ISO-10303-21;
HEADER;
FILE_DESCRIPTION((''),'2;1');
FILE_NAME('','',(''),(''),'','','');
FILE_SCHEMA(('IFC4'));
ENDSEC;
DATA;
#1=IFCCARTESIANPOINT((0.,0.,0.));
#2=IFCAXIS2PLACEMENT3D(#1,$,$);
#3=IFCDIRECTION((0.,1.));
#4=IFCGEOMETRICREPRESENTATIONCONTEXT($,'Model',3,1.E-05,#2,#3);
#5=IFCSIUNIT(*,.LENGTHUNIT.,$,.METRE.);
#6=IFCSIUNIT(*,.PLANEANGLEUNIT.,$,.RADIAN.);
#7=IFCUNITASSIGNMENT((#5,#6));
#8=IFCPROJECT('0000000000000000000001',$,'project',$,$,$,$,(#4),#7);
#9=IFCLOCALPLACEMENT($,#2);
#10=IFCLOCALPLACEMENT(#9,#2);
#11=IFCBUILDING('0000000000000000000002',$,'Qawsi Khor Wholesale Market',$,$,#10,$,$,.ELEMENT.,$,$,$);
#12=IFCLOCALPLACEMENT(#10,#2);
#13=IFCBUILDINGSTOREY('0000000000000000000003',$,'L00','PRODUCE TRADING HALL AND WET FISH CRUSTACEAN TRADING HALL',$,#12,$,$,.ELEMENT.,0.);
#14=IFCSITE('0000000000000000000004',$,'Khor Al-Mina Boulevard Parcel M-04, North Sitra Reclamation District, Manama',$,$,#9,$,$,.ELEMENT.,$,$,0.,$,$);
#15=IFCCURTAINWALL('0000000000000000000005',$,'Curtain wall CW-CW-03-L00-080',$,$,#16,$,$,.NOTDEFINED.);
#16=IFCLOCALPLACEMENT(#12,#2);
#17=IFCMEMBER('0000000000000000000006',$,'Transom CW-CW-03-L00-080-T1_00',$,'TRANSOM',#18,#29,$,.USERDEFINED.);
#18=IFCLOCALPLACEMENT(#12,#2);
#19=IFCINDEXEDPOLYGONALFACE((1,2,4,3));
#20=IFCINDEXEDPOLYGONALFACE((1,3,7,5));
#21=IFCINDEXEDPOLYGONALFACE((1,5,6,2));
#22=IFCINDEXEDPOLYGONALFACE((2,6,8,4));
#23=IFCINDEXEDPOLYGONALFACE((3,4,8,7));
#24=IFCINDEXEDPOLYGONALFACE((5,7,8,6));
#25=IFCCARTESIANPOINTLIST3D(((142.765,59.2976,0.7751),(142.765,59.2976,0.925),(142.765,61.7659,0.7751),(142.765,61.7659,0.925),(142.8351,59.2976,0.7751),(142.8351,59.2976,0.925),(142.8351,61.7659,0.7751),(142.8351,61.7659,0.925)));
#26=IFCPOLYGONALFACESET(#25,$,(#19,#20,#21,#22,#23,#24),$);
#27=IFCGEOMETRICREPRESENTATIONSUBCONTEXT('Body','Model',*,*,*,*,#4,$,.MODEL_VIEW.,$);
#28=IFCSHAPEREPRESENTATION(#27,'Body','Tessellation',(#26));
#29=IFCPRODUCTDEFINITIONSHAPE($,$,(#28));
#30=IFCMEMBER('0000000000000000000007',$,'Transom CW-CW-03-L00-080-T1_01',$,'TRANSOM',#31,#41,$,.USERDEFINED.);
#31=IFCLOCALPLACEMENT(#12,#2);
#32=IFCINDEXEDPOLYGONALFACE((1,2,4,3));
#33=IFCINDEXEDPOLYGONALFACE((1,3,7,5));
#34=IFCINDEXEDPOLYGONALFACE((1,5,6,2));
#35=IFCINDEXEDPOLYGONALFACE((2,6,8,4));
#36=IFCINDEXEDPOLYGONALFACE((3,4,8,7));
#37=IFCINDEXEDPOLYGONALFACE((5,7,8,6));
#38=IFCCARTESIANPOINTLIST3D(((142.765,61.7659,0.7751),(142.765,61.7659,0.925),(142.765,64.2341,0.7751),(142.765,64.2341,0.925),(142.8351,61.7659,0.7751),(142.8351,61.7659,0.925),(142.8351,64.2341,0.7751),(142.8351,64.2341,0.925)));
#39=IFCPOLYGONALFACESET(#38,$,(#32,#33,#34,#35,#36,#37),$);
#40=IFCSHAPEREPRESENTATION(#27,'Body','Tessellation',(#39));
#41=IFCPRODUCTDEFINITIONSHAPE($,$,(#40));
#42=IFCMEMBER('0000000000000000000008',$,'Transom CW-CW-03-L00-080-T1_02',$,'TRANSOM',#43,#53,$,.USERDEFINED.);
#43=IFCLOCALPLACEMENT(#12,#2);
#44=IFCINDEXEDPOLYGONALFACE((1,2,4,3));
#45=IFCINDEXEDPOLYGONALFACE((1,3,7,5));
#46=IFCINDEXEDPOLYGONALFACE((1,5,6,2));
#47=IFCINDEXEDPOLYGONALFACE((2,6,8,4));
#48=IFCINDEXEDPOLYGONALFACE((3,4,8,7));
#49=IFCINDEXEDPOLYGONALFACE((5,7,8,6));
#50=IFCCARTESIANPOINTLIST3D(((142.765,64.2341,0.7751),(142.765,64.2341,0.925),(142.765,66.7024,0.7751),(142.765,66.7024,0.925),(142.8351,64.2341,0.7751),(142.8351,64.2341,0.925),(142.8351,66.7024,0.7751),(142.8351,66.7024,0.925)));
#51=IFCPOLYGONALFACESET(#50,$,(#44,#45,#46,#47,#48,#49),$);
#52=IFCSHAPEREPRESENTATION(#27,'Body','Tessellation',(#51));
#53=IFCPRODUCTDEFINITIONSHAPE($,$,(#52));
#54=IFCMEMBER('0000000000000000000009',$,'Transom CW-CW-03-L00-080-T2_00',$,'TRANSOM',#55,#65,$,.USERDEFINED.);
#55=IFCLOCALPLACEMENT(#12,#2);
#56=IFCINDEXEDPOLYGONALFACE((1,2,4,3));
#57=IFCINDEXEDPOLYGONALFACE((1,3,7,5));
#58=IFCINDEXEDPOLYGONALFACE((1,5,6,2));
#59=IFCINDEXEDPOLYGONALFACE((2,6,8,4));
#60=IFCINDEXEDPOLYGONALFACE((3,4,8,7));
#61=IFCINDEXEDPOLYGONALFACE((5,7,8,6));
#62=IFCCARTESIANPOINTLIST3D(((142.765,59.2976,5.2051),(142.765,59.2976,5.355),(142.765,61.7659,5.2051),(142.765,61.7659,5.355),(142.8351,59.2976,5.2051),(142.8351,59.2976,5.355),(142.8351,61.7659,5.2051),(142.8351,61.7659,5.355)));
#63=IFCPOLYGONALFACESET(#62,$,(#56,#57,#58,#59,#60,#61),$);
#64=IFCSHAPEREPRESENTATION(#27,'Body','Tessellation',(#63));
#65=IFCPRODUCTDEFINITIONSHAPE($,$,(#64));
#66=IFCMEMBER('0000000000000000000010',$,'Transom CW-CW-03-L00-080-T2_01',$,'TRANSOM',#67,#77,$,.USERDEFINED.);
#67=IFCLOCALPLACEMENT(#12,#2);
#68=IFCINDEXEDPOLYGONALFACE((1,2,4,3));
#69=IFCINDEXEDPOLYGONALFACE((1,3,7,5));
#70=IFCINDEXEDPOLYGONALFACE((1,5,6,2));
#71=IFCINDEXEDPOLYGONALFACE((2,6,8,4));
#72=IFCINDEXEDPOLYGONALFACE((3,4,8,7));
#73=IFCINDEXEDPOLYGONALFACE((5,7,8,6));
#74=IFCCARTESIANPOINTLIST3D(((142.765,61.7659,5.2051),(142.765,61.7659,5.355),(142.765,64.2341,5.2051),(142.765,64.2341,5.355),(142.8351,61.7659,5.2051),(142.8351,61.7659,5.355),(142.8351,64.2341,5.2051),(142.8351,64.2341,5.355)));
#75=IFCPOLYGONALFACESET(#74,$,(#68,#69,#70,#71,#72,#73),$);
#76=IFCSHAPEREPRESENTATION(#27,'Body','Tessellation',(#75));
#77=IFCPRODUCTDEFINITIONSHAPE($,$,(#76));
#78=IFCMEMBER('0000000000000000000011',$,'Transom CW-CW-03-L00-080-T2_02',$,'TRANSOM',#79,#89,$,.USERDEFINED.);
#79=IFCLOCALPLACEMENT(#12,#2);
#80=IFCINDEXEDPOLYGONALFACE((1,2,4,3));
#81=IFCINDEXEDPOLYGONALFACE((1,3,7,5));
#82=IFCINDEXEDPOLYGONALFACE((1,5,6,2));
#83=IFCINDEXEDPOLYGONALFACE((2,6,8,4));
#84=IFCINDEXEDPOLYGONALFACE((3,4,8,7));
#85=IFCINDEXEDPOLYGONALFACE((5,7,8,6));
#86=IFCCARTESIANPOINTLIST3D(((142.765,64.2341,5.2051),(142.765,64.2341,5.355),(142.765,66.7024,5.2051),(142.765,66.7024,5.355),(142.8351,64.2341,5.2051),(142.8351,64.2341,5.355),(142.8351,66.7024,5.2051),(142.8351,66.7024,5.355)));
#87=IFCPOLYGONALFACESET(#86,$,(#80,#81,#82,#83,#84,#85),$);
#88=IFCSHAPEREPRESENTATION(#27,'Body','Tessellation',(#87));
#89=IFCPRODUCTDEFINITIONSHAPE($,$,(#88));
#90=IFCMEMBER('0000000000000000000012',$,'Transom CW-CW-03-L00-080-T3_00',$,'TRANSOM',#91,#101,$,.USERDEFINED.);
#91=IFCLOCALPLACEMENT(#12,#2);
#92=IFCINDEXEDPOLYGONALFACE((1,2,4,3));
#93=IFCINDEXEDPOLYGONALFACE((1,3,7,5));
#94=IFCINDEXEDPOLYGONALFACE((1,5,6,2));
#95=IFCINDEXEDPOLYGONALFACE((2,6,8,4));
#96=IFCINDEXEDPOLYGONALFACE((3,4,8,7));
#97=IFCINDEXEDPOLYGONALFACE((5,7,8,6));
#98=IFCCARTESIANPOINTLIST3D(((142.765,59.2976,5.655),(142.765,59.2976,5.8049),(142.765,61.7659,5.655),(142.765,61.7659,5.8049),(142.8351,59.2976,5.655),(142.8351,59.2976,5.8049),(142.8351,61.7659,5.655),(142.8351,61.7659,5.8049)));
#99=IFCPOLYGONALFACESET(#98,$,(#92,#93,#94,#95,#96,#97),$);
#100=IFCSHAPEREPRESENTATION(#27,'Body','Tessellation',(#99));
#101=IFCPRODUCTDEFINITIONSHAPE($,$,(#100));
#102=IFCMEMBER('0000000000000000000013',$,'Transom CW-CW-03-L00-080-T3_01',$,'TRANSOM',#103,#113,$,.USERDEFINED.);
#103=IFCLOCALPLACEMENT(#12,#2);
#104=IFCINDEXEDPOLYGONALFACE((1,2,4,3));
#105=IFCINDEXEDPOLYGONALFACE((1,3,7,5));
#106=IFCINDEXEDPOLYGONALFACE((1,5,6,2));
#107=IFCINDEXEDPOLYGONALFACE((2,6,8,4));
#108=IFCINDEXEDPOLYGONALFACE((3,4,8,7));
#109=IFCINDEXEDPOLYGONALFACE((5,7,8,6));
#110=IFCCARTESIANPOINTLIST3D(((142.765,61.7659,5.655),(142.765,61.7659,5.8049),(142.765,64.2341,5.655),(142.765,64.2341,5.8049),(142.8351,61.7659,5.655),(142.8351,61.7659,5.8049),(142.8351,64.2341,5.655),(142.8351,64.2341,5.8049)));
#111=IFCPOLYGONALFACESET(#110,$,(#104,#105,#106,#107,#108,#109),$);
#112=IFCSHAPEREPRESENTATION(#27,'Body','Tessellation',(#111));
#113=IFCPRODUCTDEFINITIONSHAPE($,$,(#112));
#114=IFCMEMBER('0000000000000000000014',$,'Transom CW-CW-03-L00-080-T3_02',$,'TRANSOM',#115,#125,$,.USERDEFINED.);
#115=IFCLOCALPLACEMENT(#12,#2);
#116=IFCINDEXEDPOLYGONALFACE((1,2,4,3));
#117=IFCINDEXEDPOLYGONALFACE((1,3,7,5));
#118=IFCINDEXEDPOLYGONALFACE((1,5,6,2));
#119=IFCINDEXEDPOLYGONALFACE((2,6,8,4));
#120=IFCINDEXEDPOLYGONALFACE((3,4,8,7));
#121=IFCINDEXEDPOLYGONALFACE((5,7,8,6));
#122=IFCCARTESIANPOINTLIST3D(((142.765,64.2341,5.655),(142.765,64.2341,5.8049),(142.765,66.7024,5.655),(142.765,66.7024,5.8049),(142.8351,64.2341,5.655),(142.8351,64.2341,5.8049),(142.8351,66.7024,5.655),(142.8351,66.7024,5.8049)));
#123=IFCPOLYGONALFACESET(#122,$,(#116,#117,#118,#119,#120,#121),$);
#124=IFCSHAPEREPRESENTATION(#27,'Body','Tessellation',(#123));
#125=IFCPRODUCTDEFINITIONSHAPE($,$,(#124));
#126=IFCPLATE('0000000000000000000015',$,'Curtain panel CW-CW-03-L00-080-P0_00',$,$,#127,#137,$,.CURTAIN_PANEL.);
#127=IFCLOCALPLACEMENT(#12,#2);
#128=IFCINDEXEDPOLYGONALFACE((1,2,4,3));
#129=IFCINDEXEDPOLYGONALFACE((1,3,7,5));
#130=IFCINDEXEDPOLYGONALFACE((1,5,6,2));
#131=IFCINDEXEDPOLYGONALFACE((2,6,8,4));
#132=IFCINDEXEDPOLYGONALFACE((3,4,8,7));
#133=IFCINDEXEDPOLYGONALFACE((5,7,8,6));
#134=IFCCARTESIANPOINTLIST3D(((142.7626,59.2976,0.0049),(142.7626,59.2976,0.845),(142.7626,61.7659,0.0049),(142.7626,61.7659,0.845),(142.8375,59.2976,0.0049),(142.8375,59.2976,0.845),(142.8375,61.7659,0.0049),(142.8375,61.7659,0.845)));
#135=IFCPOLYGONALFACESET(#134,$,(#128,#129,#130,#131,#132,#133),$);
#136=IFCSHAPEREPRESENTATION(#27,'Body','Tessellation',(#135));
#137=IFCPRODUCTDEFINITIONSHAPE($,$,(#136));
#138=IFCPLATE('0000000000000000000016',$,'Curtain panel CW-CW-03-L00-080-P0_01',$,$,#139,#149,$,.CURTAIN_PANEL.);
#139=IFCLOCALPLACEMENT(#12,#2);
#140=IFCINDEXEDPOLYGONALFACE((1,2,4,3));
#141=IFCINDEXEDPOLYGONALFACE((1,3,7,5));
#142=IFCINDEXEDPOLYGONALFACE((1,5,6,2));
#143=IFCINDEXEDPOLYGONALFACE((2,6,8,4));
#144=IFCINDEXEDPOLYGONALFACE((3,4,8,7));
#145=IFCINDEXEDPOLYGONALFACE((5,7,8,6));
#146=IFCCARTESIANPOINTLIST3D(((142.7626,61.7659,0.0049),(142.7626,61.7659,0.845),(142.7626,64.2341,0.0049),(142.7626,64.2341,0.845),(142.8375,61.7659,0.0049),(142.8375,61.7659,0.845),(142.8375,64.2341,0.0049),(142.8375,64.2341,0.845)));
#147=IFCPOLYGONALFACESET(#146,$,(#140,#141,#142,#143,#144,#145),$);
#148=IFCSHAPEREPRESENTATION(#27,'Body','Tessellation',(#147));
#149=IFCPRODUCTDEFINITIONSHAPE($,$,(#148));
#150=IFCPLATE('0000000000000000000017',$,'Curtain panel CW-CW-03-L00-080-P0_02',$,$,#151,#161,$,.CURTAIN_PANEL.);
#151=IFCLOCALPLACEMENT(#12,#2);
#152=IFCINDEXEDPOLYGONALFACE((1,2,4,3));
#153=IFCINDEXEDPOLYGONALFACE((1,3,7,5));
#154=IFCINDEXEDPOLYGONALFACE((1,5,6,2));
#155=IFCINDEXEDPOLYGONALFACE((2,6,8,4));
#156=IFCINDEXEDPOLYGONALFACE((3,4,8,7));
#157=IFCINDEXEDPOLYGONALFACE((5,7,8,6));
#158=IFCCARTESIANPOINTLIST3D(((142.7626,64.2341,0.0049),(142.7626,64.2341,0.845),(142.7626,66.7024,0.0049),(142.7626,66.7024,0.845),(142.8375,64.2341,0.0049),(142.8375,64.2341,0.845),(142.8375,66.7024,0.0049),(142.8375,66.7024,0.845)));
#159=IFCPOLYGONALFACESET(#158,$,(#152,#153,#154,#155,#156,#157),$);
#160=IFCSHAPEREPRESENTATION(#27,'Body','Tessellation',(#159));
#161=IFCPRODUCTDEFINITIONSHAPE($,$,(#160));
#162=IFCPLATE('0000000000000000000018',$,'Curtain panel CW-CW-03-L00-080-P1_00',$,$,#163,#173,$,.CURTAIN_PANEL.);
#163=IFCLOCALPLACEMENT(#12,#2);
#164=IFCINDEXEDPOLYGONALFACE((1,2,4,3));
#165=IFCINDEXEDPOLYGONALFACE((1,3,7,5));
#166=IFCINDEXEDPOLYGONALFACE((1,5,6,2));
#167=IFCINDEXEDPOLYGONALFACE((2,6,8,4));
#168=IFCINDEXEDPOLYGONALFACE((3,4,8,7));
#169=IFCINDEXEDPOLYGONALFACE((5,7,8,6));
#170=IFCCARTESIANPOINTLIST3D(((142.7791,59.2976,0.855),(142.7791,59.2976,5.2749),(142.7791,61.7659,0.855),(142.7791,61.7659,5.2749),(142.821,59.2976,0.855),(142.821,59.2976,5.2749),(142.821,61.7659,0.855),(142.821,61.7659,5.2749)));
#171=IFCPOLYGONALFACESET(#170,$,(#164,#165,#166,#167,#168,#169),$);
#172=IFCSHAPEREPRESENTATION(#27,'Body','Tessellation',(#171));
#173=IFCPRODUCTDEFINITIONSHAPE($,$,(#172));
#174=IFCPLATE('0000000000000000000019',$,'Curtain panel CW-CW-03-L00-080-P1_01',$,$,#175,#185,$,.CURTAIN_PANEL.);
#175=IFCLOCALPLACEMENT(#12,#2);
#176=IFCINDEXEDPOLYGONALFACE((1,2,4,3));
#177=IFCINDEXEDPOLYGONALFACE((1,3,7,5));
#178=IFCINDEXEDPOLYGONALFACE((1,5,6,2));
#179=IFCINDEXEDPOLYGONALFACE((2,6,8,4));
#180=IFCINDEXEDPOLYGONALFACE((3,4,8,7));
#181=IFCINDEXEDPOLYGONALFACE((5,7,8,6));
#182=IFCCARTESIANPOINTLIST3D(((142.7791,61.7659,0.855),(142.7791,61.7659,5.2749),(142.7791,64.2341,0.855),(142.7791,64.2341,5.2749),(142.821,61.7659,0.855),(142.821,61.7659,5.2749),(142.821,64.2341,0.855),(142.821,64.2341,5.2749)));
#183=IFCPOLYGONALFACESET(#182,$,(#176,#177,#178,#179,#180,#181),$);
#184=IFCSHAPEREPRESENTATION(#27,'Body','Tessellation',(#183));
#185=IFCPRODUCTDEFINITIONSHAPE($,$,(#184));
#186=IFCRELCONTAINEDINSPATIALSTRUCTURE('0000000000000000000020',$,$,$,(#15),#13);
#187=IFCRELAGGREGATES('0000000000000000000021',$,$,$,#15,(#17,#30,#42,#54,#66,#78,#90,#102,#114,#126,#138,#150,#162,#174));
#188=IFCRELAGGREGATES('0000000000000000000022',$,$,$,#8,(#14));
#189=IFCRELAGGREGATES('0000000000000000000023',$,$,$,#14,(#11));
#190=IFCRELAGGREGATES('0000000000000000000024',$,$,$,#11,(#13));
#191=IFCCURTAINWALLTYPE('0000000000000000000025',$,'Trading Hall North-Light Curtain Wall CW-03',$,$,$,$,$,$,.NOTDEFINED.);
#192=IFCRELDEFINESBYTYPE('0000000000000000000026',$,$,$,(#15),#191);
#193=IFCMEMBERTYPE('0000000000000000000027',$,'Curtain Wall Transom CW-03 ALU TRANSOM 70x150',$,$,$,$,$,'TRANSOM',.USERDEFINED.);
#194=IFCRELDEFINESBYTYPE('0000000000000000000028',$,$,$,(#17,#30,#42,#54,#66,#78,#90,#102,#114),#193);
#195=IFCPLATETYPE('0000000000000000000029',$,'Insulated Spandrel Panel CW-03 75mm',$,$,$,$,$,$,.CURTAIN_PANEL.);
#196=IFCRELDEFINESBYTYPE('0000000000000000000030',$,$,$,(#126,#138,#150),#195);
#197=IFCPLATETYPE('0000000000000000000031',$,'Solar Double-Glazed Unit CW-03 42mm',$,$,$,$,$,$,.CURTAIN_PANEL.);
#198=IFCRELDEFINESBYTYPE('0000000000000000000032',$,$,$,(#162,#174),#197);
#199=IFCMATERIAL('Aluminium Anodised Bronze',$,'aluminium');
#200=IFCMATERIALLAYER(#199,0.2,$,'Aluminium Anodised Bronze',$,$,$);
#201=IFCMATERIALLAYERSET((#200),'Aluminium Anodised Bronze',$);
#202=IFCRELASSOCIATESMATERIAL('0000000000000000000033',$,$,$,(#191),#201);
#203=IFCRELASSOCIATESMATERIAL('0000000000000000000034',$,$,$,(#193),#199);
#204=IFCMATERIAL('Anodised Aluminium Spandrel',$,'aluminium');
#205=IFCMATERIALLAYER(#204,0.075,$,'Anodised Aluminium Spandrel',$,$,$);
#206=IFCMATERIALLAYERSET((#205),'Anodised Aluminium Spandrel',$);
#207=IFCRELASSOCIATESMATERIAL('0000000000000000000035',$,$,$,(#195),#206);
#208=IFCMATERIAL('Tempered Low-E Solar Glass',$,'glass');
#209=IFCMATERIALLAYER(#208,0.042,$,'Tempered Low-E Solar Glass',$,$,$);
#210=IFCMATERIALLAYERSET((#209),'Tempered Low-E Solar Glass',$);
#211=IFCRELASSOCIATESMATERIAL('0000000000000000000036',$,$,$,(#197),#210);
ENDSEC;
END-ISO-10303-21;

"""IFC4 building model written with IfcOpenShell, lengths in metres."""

from ifc_helpers import new_model, si_unit, direction, frame, frame_2d, origin, origin_2d, place, context, subcontext, project, spatial, rectangle, extrude, material, layer, layer_set, material_profile, profile_set, type_object, element, aggregate, save


model = new_model("IFC4")

# Units and contexts
model_context = context("Model", 3, precision=1e-05, world=origin(), true_north=direction((0.0, 1.0)))
body_context = subcontext(model_context, "Body", "Model", "MODEL_VIEW")
ifc_project = project(units=[si_unit("LENGTHUNIT", "METRE"), si_unit("PLANEANGLEUNIT", "RADIAN")], contexts=[model_context])

# Site, building, storey
site_placement = place(None, origin())
site = spatial("IfcSite", under=ifc_project, at=site_placement, Name="Khor Al-Mina Boulevard Parcel M-04, North Sitra Reclamation District, Manama", CompositionType="ELEMENT", RefElevation=0.0)
building_placement = place(site_placement, origin())
building = spatial("IfcBuilding", under=site, at=building_placement, Name="Qawsi Khor Wholesale Market", CompositionType="ELEMENT")
storey_placement = place(building_placement, origin())
storey = spatial("IfcBuildingStorey", under=building, at=storey_placement, Name="L00", Description="PRODUCE TRADING HALL AND WET FISH CRUSTACEAN TRADING HALL", CompositionType="ELEMENT", Elevation=0.0)

# Curtain wall, members, plates
ifc_material_1 = material(Name="Aluminium Anodised Bronze", Category="aluminium")
ifc_layer_1 = layer(ifc_material_1, 0.2, Name="Aluminium Anodised Bronze")
ifc_layer_set_1 = layer_set([ifc_layer_1], Name="Aluminium Anodised Bronze")
curtain_wall_type = type_object("IfcCurtainWallType", Name="Trading Hall North-Light Curtain Wall CW-03", PredefinedType="NOTDEFINED", material=ifc_layer_set_1)
curtain_wall_placement = place(storey_placement, origin())
curtain_wall = element("IfcCurtainWall", 1, at=curtain_wall_placement, inside=storey, type_object=curtain_wall_type, Name="Curtain wall CW-CW-03-L00-080", PredefinedType="NOTDEFINED")
ifc_material_profile_1 = material_profile(ifc_material_1, rectangle(XDim=0.0701, YDim=0.1499, at=origin_2d()), Name="ALU TRANSOM 70x150")
ifc_profile_set_1 = profile_set([ifc_material_profile_1], Name="Aluminium Anodised Bronze")
member_type_1 = type_object("IfcMemberType", Name="Curtain Wall Transom CW-03 ALU TRANSOM 70x150", ElementType="TRANSOM", PredefinedType="USERDEFINED", material=ifc_profile_set_1)
member_1_placement = place(storey_placement, frame((142.8, 59.2976, 0.8501), z_axis=(0.0, 1.0, 0.0), x_axis=(-1.0, 0.0, 0.0)))
member_1 = element("IfcMember", 2, at=member_1_placement, type_object=member_type_1, Name="Transom CW-CW-03-L00-080-T1_00", ObjectType="TRANSOM", PredefinedType="USERDEFINED", context=body_context, shape_type="SweptSolid", body=[
    extrude(rectangle(XDim=0.0701, YDim=0.1499, at=origin_2d()), origin(), (0.0, 0.0, 1.0), 2.4683),
])
member_2_placement = place(storey_placement, frame((142.8, 61.7659, 0.8501), z_axis=(0.0, 1.0, 0.0), x_axis=(-1.0, 0.0, 0.0)))
member_2 = element("IfcMember", 3, at=member_2_placement, type_object=member_type_1, Name="Transom CW-CW-03-L00-080-T1_01", ObjectType="TRANSOM", PredefinedType="USERDEFINED", context=body_context, shape_type="SweptSolid", body=[
    extrude(rectangle(XDim=0.0701, YDim=0.1499, at=origin_2d()), origin(), (0.0, 0.0, 1.0), 2.4683),
])
member_3_placement = place(storey_placement, frame((142.8, 64.2341, 0.8501), z_axis=(0.0, 1.0, 0.0), x_axis=(-1.0, 0.0, 0.0)))
member_3 = element("IfcMember", 4, at=member_3_placement, type_object=member_type_1, Name="Transom CW-CW-03-L00-080-T1_02", ObjectType="TRANSOM", PredefinedType="USERDEFINED", context=body_context, shape_type="SweptSolid", body=[
    extrude(rectangle(XDim=0.0701, YDim=0.1499, at=origin_2d()), origin(), (0.0, 0.0, 1.0), 2.4683),
])
member_4_placement = place(storey_placement, frame((142.8, 59.2976, 5.28), z_axis=(0.0, 1.0, 0.0), x_axis=(-1.0, 0.0, 0.0)))
member_4 = element("IfcMember", 5, at=member_4_placement, type_object=member_type_1, Name="Transom CW-CW-03-L00-080-T2_00", ObjectType="TRANSOM", PredefinedType="USERDEFINED", context=body_context, shape_type="SweptSolid", body=[
    extrude(rectangle(XDim=0.0701, YDim=0.1499, at=origin_2d()), origin(), (0.0, 0.0, 1.0), 2.4683),
])
member_5_placement = place(storey_placement, frame((142.8, 61.7659, 5.28), z_axis=(0.0, 1.0, 0.0), x_axis=(-1.0, 0.0, 0.0)))
member_5 = element("IfcMember", 6, at=member_5_placement, type_object=member_type_1, Name="Transom CW-CW-03-L00-080-T2_01", ObjectType="TRANSOM", PredefinedType="USERDEFINED", context=body_context, shape_type="SweptSolid", body=[
    extrude(rectangle(XDim=0.0701, YDim=0.1499, at=origin_2d()), origin(), (0.0, 0.0, 1.0), 2.4683),
])
member_6_placement = place(storey_placement, frame((142.8, 64.2341, 5.28), z_axis=(0.0, 1.0, 0.0), x_axis=(-1.0, 0.0, 0.0)))
member_6 = element("IfcMember", 7, at=member_6_placement, type_object=member_type_1, Name="Transom CW-CW-03-L00-080-T2_02", ObjectType="TRANSOM", PredefinedType="USERDEFINED", context=body_context, shape_type="SweptSolid", body=[
    extrude(rectangle(XDim=0.0701, YDim=0.1499, at=origin_2d()), origin(), (0.0, 0.0, 1.0), 2.4683),
])
member_7_placement = place(storey_placement, frame((142.8, 59.2976, 5.73), z_axis=(0.0, 1.0, 0.0), x_axis=(-1.0, 0.0, 0.0)))
member_7 = element("IfcMember", 8, at=member_7_placement, type_object=member_type_1, Name="Transom CW-CW-03-L00-080-T3_00", ObjectType="TRANSOM", PredefinedType="USERDEFINED", context=body_context, shape_type="SweptSolid", body=[
    extrude(rectangle(XDim=0.0701, YDim=0.1499, at=origin_2d()), origin(), (0.0, 0.0, 1.0), 2.4683),
])
member_8_placement = place(storey_placement, frame((142.8, 61.7659, 5.73), z_axis=(0.0, 1.0, 0.0), x_axis=(-1.0, 0.0, 0.0)))
member_8 = element("IfcMember", 9, at=member_8_placement, type_object=member_type_1, Name="Transom CW-CW-03-L00-080-T3_01", ObjectType="TRANSOM", PredefinedType="USERDEFINED", context=body_context, shape_type="SweptSolid", body=[
    extrude(rectangle(XDim=0.0701, YDim=0.1499, at=origin_2d()), origin(), (0.0, 0.0, 1.0), 2.4683),
])
member_9_placement = place(storey_placement, frame((142.8, 64.2341, 5.73), z_axis=(0.0, 1.0, 0.0), x_axis=(-1.0, 0.0, 0.0)))
member_9 = element("IfcMember", 10, at=member_9_placement, type_object=member_type_1, Name="Transom CW-CW-03-L00-080-T3_02", ObjectType="TRANSOM", PredefinedType="USERDEFINED", context=body_context, shape_type="SweptSolid", body=[
    extrude(rectangle(XDim=0.0701, YDim=0.1499, at=origin_2d()), origin(), (0.0, 0.0, 1.0), 2.4683),
])
ifc_material_2 = material(Name="Anodised Aluminium Spandrel", Category="aluminium")
ifc_layer_2 = layer(ifc_material_2, 0.075, Name="Anodised Aluminium Spandrel")
ifc_layer_set_2 = layer_set([ifc_layer_2], Name="Anodised Aluminium Spandrel")
plate_type_1 = type_object("IfcPlateType", Name="Insulated Spandrel Panel CW-03 75mm", PredefinedType="CURTAIN_PANEL", material=ifc_layer_set_2)
plate_1_placement = place(storey_placement, frame((142.8, 59.2976, 0.0049), z_axis=(0.0, 0.0, 1.0), x_axis=(0.0, 1.0, 0.0)))
plate_1 = element("IfcPlate", 11, at=plate_1_placement, type_object=plate_type_1, Name="Curtain panel CW-CW-03-L00-080-P0_00", PredefinedType="CURTAIN_PANEL", context=body_context, shape_type="SweptSolid", body=[
    extrude(rectangle(XDim=2.4683, YDim=0.075, at=frame_2d((1.2341, 0.0))), origin(), (0.0, 0.0, 1.0), 0.8401),
])
plate_2_placement = place(storey_placement, frame((142.8, 61.7659, 0.0049), z_axis=(0.0, 0.0, 1.0), x_axis=(0.0, 1.0, 0.0)))
plate_2 = element("IfcPlate", 12, at=plate_2_placement, type_object=plate_type_1, Name="Curtain panel CW-CW-03-L00-080-P0_01", PredefinedType="CURTAIN_PANEL", context=body_context, shape_type="SweptSolid", body=[
    extrude(rectangle(XDim=2.4683, YDim=0.075, at=frame_2d((1.2341, 0.0))), origin(), (0.0, 0.0, 1.0), 0.8401),
])
plate_3_placement = place(storey_placement, frame((142.8, 64.2341, 0.0049), z_axis=(0.0, 0.0, 1.0), x_axis=(0.0, 1.0, 0.0)))
plate_3 = element("IfcPlate", 13, at=plate_3_placement, type_object=plate_type_1, Name="Curtain panel CW-CW-03-L00-080-P0_02", PredefinedType="CURTAIN_PANEL", context=body_context, shape_type="SweptSolid", body=[
    extrude(rectangle(XDim=2.4683, YDim=0.075, at=frame_2d((1.2341, 0.0))), origin(), (0.0, 0.0, 1.0), 0.8401),
])
ifc_material_3 = material(Name="Tempered Low-E Solar Glass", Category="glass")
ifc_layer_3 = layer(ifc_material_3, 0.042, Name="Tempered Low-E Solar Glass")
ifc_layer_set_3 = layer_set([ifc_layer_3], Name="Tempered Low-E Solar Glass")
plate_type_2 = type_object("IfcPlateType", Name="Solar Double-Glazed Unit CW-03 42mm", PredefinedType="CURTAIN_PANEL", material=ifc_layer_set_3)
plate_4_placement = place(storey_placement, frame((142.8, 59.2976, 0.855), z_axis=(0.0, 0.0, 1.0), x_axis=(0.0, 1.0, 0.0)))
plate_4 = element("IfcPlate", 14, at=plate_4_placement, type_object=plate_type_2, Name="Curtain panel CW-CW-03-L00-080-P1_00", PredefinedType="CURTAIN_PANEL", context=body_context, shape_type="SweptSolid", body=[
    extrude(rectangle(XDim=2.4683, YDim=0.042, at=frame_2d((1.2341, 0.0))), origin(), (0.0, 0.0, 1.0), 4.4199),
])
plate_5_placement = place(storey_placement, frame((142.8, 61.7659, 0.855), z_axis=(0.0, 0.0, 1.0), x_axis=(0.0, 1.0, 0.0)))
plate_5 = element("IfcPlate", 15, at=plate_5_placement, type_object=plate_type_2, Name="Curtain panel CW-CW-03-L00-080-P1_01", PredefinedType="CURTAIN_PANEL", context=body_context, shape_type="SweptSolid", body=[
    extrude(rectangle(XDim=2.4683, YDim=0.042, at=frame_2d((1.2341, 0.0))), origin(), (0.0, 0.0, 1.0), 4.4199),
])
aggregate(curtain_wall, [member_1, member_2, member_3, member_4, member_5, member_6, member_7, member_8, member_9, plate_1, plate_2, plate_3, plate_4, plate_5])

save(model, "model.ifc")
